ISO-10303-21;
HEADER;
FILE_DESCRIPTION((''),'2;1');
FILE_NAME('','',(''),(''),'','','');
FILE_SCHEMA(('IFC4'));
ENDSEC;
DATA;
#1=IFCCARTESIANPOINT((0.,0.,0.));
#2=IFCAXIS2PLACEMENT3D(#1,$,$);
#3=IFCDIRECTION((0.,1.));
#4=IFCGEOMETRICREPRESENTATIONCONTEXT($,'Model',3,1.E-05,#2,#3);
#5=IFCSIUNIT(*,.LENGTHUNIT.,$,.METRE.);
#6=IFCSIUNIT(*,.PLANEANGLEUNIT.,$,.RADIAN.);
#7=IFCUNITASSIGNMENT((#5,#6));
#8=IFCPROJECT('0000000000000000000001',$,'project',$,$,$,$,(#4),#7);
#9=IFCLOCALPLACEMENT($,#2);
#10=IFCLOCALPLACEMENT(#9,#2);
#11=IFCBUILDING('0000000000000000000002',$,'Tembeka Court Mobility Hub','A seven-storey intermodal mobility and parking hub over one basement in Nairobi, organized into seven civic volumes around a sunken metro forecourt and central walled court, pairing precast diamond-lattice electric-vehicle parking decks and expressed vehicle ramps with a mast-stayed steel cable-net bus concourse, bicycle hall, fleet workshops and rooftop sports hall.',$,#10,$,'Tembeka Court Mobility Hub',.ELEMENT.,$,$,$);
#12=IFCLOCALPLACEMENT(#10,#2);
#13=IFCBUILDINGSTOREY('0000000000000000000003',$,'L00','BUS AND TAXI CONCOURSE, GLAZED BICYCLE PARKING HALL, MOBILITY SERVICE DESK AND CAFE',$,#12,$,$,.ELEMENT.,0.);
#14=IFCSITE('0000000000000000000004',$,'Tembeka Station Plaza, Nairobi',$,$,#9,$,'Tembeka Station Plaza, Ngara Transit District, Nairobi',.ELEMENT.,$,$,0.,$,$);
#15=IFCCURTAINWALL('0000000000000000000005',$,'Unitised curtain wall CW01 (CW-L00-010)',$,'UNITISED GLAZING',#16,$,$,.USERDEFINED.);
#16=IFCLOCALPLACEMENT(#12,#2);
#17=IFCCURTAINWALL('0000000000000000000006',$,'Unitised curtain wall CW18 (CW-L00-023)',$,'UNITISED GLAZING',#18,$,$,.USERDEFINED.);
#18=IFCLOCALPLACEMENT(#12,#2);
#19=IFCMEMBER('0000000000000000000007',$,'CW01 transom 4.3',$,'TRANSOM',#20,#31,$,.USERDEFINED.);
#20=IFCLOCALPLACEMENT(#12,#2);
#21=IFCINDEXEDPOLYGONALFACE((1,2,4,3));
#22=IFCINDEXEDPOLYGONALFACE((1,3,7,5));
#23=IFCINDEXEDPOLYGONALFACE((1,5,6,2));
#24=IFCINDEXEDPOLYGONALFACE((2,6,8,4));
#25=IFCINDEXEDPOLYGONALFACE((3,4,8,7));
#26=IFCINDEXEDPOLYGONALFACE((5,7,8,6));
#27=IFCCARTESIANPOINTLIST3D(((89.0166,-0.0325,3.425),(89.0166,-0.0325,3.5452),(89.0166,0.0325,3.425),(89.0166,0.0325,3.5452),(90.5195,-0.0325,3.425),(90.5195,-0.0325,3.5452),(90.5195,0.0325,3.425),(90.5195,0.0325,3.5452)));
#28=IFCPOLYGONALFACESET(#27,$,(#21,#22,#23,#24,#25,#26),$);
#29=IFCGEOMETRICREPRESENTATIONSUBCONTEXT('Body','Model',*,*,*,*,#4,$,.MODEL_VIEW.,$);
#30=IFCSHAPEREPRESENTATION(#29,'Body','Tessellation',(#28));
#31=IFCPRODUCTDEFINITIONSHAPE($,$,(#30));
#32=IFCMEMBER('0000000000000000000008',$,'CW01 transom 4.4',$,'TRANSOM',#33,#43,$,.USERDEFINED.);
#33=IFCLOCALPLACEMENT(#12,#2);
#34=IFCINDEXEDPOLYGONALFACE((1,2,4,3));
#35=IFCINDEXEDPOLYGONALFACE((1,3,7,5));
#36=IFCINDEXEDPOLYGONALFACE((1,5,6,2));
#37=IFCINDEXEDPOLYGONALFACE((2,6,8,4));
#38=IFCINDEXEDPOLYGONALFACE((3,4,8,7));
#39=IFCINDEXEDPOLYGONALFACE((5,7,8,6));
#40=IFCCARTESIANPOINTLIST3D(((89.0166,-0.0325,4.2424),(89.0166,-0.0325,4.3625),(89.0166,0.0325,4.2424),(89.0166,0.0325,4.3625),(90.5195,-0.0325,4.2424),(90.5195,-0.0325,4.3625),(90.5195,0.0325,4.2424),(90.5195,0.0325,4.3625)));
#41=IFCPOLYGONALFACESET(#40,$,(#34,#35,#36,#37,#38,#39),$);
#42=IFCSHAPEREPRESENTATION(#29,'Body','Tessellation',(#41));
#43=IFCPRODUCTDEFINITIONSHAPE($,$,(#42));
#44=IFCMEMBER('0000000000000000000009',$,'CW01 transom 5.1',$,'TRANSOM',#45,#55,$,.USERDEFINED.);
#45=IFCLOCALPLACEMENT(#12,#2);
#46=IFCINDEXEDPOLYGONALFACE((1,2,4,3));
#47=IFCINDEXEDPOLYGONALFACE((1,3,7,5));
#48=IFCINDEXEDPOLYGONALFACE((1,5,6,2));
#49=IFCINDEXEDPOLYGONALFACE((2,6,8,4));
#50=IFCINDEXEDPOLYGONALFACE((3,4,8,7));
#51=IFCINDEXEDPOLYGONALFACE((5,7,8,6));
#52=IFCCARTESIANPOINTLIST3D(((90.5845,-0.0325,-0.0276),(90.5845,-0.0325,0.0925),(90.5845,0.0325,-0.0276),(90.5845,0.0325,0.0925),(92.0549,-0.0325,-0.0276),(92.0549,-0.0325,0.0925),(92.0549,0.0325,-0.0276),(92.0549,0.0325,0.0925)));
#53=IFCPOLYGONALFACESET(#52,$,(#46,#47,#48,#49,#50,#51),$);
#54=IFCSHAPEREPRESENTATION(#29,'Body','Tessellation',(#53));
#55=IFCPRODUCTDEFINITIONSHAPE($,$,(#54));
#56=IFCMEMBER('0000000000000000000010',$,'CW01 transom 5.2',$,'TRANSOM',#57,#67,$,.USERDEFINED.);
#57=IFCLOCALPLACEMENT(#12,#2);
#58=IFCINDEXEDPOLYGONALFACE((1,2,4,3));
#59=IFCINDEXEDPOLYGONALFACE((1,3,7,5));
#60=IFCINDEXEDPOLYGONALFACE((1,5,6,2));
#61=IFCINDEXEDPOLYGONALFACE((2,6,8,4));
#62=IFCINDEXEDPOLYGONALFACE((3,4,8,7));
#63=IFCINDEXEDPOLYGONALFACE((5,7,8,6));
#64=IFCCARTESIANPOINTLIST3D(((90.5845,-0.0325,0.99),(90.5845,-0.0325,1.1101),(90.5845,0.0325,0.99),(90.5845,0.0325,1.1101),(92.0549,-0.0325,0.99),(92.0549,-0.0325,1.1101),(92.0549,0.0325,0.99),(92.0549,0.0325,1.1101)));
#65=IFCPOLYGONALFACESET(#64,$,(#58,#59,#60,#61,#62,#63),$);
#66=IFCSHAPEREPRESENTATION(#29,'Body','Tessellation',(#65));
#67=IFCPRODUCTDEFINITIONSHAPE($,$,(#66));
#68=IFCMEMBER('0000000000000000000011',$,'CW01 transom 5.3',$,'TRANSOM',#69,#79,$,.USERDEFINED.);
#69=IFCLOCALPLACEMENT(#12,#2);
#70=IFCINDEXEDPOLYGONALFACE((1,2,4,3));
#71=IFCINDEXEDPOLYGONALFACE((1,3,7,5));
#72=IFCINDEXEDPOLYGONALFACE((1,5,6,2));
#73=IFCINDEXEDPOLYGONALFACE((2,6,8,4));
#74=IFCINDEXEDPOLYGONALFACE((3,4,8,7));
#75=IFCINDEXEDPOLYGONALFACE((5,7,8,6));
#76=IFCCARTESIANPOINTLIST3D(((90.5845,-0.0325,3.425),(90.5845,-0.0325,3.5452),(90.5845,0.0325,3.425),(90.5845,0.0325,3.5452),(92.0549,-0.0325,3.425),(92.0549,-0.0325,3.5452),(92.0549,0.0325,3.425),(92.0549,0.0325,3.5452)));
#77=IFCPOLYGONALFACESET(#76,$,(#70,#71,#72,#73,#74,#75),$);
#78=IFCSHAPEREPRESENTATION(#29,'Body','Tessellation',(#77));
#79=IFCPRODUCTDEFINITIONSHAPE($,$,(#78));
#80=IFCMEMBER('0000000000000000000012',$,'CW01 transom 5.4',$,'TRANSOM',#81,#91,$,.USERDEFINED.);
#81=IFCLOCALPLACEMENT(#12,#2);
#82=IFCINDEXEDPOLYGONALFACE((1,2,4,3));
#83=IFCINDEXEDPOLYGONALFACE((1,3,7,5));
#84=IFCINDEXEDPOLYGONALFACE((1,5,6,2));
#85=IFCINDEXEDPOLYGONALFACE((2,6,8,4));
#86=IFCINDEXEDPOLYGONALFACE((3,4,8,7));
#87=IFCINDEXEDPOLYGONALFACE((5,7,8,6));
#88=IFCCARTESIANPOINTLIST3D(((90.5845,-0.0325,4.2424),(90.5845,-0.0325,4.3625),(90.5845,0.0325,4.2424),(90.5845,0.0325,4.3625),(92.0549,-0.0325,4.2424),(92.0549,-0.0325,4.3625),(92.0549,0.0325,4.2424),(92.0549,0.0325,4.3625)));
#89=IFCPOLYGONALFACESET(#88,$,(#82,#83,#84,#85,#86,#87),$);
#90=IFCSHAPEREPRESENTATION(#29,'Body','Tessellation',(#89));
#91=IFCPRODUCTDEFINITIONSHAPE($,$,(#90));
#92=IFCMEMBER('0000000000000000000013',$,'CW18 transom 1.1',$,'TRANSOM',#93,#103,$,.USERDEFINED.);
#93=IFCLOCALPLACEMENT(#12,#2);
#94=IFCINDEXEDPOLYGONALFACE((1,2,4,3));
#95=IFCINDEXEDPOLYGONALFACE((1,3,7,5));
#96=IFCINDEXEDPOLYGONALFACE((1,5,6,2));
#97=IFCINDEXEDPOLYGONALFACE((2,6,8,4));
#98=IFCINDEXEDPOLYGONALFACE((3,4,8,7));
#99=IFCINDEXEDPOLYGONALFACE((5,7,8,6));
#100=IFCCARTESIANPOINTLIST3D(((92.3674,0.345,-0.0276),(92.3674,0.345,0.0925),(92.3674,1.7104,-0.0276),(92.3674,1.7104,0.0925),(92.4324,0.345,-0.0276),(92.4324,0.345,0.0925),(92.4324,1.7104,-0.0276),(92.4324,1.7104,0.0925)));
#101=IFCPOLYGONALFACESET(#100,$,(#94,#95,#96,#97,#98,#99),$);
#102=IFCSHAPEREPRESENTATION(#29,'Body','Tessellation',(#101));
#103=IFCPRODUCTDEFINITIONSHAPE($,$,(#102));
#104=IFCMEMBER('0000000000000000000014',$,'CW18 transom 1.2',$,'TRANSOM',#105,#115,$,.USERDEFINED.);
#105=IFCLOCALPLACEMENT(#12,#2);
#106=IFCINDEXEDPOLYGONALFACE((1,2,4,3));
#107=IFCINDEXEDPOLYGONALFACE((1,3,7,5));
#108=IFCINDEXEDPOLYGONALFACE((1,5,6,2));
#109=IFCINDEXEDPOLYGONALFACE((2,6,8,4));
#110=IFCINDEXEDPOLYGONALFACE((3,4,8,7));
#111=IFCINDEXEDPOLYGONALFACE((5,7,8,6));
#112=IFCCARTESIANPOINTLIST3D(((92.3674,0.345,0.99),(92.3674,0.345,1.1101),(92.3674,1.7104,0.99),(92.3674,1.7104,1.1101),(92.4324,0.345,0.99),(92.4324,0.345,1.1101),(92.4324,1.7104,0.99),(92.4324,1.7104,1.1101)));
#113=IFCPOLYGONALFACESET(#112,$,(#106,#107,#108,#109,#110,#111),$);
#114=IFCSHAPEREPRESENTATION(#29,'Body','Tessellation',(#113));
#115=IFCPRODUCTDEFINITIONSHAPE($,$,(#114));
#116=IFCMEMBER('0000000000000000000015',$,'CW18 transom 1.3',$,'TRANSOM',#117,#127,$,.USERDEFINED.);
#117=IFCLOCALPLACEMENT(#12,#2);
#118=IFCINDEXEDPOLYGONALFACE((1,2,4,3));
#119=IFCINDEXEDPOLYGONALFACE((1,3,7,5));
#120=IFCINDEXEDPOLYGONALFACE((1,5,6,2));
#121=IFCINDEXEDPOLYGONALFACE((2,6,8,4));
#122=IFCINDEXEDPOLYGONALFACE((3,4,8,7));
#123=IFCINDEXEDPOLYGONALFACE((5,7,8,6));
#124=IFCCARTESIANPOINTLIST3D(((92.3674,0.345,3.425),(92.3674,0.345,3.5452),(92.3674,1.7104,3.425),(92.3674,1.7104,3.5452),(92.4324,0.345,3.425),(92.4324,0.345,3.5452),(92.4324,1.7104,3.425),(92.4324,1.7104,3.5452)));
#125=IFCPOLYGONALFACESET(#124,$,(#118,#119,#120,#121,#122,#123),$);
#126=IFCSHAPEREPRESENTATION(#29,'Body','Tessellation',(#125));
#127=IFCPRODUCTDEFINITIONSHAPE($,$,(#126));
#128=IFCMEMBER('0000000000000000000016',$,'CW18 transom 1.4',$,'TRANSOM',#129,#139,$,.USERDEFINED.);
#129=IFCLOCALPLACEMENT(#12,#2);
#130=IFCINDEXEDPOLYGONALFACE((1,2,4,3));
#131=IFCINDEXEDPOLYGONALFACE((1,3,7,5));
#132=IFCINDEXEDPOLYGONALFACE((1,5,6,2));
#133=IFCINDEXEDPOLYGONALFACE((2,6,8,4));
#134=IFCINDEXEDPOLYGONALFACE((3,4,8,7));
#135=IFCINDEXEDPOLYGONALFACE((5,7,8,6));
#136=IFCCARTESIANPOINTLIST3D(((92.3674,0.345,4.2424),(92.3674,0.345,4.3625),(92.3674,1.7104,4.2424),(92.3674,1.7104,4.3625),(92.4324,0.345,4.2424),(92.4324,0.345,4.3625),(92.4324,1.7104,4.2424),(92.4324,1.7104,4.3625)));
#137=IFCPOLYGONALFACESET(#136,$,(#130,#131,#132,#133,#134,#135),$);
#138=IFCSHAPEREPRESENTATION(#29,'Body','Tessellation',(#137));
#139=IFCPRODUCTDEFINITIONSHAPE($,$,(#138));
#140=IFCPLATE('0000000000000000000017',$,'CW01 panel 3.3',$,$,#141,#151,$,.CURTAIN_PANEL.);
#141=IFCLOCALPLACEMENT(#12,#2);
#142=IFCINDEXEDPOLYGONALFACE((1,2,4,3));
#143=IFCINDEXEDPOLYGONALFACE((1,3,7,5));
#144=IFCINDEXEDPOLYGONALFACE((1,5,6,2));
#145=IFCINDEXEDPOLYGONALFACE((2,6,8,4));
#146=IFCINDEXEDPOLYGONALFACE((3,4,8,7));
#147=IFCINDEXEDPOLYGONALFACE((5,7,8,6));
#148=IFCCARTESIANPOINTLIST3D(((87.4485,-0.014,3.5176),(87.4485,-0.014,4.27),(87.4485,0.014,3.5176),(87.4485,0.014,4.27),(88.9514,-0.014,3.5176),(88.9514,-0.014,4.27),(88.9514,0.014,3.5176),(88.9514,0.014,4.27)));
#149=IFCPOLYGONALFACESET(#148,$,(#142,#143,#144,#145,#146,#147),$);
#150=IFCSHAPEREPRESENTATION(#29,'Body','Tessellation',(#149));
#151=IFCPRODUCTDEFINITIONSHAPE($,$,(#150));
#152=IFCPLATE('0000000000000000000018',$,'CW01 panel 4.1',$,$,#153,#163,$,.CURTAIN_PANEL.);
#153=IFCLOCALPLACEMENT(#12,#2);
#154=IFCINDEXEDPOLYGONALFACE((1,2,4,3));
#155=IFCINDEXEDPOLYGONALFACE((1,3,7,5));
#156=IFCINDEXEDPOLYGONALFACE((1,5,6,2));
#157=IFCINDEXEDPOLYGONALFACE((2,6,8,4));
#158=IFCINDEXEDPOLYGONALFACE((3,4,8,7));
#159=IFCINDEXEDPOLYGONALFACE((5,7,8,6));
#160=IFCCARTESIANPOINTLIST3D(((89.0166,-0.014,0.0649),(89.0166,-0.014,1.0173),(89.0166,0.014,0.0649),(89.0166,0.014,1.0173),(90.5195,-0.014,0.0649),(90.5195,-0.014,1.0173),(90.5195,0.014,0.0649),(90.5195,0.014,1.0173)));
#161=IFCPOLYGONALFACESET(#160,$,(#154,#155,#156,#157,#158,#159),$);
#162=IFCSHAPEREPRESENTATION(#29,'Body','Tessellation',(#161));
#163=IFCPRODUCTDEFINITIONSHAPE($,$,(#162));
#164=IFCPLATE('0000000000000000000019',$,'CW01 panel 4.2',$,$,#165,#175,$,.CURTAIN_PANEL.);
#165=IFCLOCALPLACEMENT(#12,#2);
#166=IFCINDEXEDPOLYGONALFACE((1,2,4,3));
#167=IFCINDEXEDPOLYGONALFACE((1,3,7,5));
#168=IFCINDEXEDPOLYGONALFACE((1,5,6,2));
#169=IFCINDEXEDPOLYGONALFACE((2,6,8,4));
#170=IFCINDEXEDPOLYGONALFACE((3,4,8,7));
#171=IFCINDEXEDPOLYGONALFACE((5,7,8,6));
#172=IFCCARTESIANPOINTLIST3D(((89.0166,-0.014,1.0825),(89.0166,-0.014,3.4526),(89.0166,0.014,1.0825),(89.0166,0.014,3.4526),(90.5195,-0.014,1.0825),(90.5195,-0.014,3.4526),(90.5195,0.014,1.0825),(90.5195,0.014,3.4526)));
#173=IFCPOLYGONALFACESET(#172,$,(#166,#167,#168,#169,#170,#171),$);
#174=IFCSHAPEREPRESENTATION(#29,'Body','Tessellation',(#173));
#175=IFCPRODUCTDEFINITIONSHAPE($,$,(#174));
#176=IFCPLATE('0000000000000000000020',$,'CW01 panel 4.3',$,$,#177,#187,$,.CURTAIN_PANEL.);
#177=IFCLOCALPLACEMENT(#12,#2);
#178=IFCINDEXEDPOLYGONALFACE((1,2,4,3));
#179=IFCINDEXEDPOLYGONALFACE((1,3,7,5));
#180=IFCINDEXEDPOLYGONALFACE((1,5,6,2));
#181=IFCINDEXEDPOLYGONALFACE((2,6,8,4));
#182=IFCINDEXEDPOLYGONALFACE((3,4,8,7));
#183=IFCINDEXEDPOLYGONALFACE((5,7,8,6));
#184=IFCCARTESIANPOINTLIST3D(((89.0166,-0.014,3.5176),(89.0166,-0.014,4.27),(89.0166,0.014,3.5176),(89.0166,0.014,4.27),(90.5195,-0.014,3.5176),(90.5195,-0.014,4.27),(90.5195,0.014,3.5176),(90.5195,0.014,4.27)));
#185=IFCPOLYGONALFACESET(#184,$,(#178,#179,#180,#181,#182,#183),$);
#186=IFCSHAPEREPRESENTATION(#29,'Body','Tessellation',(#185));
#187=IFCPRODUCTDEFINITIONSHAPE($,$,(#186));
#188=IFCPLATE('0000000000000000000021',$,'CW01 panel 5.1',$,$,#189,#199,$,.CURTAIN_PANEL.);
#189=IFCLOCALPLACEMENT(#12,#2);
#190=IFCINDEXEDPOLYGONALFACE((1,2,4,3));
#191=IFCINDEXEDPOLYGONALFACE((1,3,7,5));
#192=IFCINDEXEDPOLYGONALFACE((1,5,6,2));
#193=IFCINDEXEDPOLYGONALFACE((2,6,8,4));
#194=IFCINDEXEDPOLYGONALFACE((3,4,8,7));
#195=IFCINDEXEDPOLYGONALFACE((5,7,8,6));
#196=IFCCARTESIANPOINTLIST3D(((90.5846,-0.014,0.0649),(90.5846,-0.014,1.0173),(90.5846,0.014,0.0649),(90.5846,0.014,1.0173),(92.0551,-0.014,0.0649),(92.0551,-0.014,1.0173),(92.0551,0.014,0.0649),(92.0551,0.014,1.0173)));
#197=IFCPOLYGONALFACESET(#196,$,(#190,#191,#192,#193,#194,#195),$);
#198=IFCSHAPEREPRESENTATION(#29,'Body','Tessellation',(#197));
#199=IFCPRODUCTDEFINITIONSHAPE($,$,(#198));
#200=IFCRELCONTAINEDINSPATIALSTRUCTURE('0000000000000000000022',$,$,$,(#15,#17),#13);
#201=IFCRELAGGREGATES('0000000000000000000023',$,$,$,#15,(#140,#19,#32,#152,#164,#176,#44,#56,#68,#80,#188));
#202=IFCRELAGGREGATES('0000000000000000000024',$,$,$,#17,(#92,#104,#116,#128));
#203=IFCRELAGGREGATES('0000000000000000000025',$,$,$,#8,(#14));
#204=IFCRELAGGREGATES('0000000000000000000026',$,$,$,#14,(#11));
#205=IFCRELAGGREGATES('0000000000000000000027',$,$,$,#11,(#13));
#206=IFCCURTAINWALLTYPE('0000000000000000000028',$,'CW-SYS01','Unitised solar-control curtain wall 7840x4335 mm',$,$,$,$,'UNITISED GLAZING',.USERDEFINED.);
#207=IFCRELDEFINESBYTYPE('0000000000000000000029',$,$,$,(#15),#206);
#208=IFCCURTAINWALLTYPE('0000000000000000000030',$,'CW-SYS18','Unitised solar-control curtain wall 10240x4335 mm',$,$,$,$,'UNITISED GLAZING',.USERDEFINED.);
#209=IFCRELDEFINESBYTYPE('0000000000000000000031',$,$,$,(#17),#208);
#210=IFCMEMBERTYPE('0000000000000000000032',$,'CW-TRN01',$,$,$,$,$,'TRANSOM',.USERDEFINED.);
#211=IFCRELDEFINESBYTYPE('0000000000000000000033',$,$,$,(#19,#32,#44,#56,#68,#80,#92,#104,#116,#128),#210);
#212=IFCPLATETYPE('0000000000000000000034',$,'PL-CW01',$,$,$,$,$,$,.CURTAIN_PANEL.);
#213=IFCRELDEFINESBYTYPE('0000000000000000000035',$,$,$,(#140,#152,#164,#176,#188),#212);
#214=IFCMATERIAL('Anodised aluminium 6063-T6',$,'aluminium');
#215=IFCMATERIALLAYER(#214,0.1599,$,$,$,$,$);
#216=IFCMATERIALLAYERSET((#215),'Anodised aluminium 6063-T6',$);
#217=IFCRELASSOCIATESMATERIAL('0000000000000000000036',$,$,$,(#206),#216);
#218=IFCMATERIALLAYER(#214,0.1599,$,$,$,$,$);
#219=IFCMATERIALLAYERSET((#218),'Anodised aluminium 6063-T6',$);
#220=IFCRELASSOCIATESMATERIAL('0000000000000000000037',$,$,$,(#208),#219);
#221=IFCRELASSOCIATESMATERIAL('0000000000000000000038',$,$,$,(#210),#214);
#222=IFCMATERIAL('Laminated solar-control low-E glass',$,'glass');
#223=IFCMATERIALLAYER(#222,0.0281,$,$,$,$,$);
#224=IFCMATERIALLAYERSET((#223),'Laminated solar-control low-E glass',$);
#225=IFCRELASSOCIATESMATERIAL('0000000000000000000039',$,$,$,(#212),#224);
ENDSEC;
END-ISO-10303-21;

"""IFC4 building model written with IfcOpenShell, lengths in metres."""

from ifc_helpers import new_model, si_unit, direction, frame, origin, origin_2d, place, context, subcontext, project, spatial, rectangle, extrude, material, layer, layer_set, material_profile, profile_set, type_object, element, aggregate, save


model = new_model("IFC4")

# Units and contexts
model_context = context("Model", 3, precision=1e-05, world=origin(), true_north=direction((0.0, 1.0)))
body_context = subcontext(model_context, "Body", "Model", "MODEL_VIEW")
ifc_project = project(units=[si_unit("LENGTHUNIT", "METRE"), si_unit("PLANEANGLEUNIT", "RADIAN")], contexts=[model_context])

# Site, building, storey
site_placement = place(None, origin())
site = spatial("IfcSite", under=ifc_project, at=site_placement, Name="Tembeka Station Plaza, Nairobi", LongName="Tembeka Station Plaza, Ngara Transit District, Nairobi", CompositionType="ELEMENT", RefElevation=0.0)
building_placement = place(site_placement, origin())
building = spatial("IfcBuilding", under=site, at=building_placement, Name="Tembeka Court Mobility Hub", Description="A seven-storey intermodal mobility and parking hub over one basement in Nairobi, organized into seven civic volumes around a sunken metro forecourt and central walled court, pairing precast diamond-lattice electric-vehicle parking decks and expressed vehicle ramps with a mast-stayed steel cable-net bus concourse, bicycle hall, fleet workshops and rooftop sports hall.", LongName="Tembeka Court Mobility Hub", CompositionType="ELEMENT")
storey_placement = place(building_placement, origin())
storey = spatial("IfcBuildingStorey", under=building, at=storey_placement, Name="L00", Description="BUS AND TAXI CONCOURSE, GLAZED BICYCLE PARKING HALL, MOBILITY SERVICE DESK AND CAFE", CompositionType="ELEMENT", Elevation=0.0)

# Curtain walls
ifc_material_1 = material(Name="Anodised aluminium 6063-T6", Category="aluminium")
ifc_layer_1 = layer(ifc_material_1, 0.1599)
ifc_layer_set_1 = layer_set([ifc_layer_1], Name="Anodised aluminium 6063-T6")
curtain_wall_type_1 = type_object("IfcCurtainWallType", Name="CW-SYS01", Description="Unitised solar-control curtain wall 7840x4335 mm", ElementType="UNITISED GLAZING", PredefinedType="USERDEFINED", material=ifc_layer_set_1)
curtain_wall_1_placement = place(storey_placement, origin())
curtain_wall_1 = element("IfcCurtainWall", 1, at=curtain_wall_1_placement, inside=storey, type_object=curtain_wall_type_1, Name="Unitised curtain wall CW01 (CW-L00-010)", ObjectType="UNITISED GLAZING", PredefinedType="USERDEFINED")
ifc_layer_2 = layer(ifc_material_1, 0.1599)
ifc_layer_set_2 = layer_set([ifc_layer_2], Name="Anodised aluminium 6063-T6")
curtain_wall_type_2 = type_object("IfcCurtainWallType", Name="CW-SYS18", Description="Unitised solar-control curtain wall 10240x4335 mm", ElementType="UNITISED GLAZING", PredefinedType="USERDEFINED", material=ifc_layer_set_2)
curtain_wall_2_placement = place(storey_placement, origin())
curtain_wall_2 = element("IfcCurtainWall", 2, at=curtain_wall_2_placement, inside=storey, type_object=curtain_wall_type_2, Name="Unitised curtain wall CW18 (CW-L00-023)", ObjectType="UNITISED GLAZING", PredefinedType="USERDEFINED")

# Members
ifc_material_profile_1 = material_profile(ifc_material_1, rectangle(XDim=0.0649, YDim=0.1201, at=origin_2d()), Name="ALU-TRN 65x120")
ifc_profile_set_1 = profile_set([ifc_material_profile_1], Name="Anodised aluminium 6063-T6")
member_type_1 = type_object("IfcMemberType", Name="CW-TRN01", ElementType="TRANSOM", PredefinedType="USERDEFINED", material=ifc_profile_set_1)
member_1_placement = place(storey_placement, frame((89.0166, 0.0, 3.4851), z_axis=(1.0, 0.0, 0.0), x_axis=(0.0, 1.0, 0.0)))
member_1 = element("IfcMember", 3, at=member_1_placement, type_object=member_type_1, Name="CW01 transom 4.3", ObjectType="TRANSOM", PredefinedType="USERDEFINED", context=body_context, shape_type="SweptSolid", body=[
    extrude(rectangle(XDim=0.0649, YDim=0.1201, at=origin_2d()), origin(), (0.0, 0.0, 1.0), 1.5029),
])
member_2_placement = place(storey_placement, frame((89.0166, 0.0, 4.3025), z_axis=(1.0, 0.0, 0.0), x_axis=(0.0, 1.0, 0.0)))
member_2 = element("IfcMember", 4, at=member_2_placement, type_object=member_type_1, Name="CW01 transom 4.4", ObjectType="TRANSOM", PredefinedType="USERDEFINED", context=body_context, shape_type="SweptSolid", body=[
    extrude(rectangle(XDim=0.0649, YDim=0.1201, at=origin_2d()), origin(), (0.0, 0.0, 1.0), 1.5029),
])
member_3_placement = place(storey_placement, frame((90.5845, 0.0, 0.0325), z_axis=(1.0, 0.0, 0.0), x_axis=(0.0, 1.0, 0.0)))
member_3 = element("IfcMember", 5, at=member_3_placement, type_object=member_type_1, Name="CW01 transom 5.1", ObjectType="TRANSOM", PredefinedType="USERDEFINED", context=body_context, shape_type="SweptSolid", body=[
    extrude(rectangle(XDim=0.0649, YDim=0.1201, at=origin_2d()), origin(), (0.0, 0.0, 1.0), 1.4705),
])
member_4_placement = place(storey_placement, frame((90.5845, 0.0, 1.05), z_axis=(1.0, 0.0, 0.0), x_axis=(0.0, 1.0, 0.0)))
member_4 = element("IfcMember", 6, at=member_4_placement, type_object=member_type_1, Name="CW01 transom 5.2", ObjectType="TRANSOM", PredefinedType="USERDEFINED", context=body_context, shape_type="SweptSolid", body=[
    extrude(rectangle(XDim=0.0649, YDim=0.1201, at=origin_2d()), origin(), (0.0, 0.0, 1.0), 1.4705),
])
member_5_placement = place(storey_placement, frame((90.5845, 0.0, 3.4851), z_axis=(1.0, 0.0, 0.0), x_axis=(0.0, 1.0, 0.0)))
member_5 = element("IfcMember", 7, at=member_5_placement, type_object=member_type_1, Name="CW01 transom 5.3", ObjectType="TRANSOM", PredefinedType="USERDEFINED", context=body_context, shape_type="SweptSolid", body=[
    extrude(rectangle(XDim=0.0649, YDim=0.1201, at=origin_2d()), origin(), (0.0, 0.0, 1.0), 1.4705),
])
member_6_placement = place(storey_placement, frame((90.5845, 0.0, 4.3025), z_axis=(1.0, 0.0, 0.0), x_axis=(0.0, 1.0, 0.0)))
member_6 = element("IfcMember", 8, at=member_6_placement, type_object=member_type_1, Name="CW01 transom 5.4", ObjectType="TRANSOM", PredefinedType="USERDEFINED", context=body_context, shape_type="SweptSolid", body=[
    extrude(rectangle(XDim=0.0649, YDim=0.1201, at=origin_2d()), origin(), (0.0, 0.0, 1.0), 1.4705),
])
member_7_placement = place(storey_placement, frame((92.3999, 0.345, 0.0325), z_axis=(0.0, 1.0, 0.0), x_axis=(-1.0, 0.0, 0.0)))
member_7 = element("IfcMember", 9, at=member_7_placement, type_object=member_type_1, Name="CW18 transom 1.1", ObjectType="TRANSOM", PredefinedType="USERDEFINED", context=body_context, shape_type="SweptSolid", body=[
    extrude(rectangle(XDim=0.0649, YDim=0.1201, at=origin_2d()), origin(), (0.0, 0.0, 1.0), 1.3655),
])
member_8_placement = place(storey_placement, frame((92.3999, 0.345, 1.05), z_axis=(0.0, 1.0, 0.0), x_axis=(-1.0, 0.0, 0.0)))
member_8 = element("IfcMember", 10, at=member_8_placement, type_object=member_type_1, Name="CW18 transom 1.2", ObjectType="TRANSOM", PredefinedType="USERDEFINED", context=body_context, shape_type="SweptSolid", body=[
    extrude(rectangle(XDim=0.0649, YDim=0.1201, at=origin_2d()), origin(), (0.0, 0.0, 1.0), 1.3655),
])
member_9_placement = place(storey_placement, frame((92.3999, 0.345, 3.4851), z_axis=(0.0, 1.0, 0.0), x_axis=(-1.0, 0.0, 0.0)))
member_9 = element("IfcMember", 11, at=member_9_placement, type_object=member_type_1, Name="CW18 transom 1.3", ObjectType="TRANSOM", PredefinedType="USERDEFINED", context=body_context, shape_type="SweptSolid", body=[
    extrude(rectangle(XDim=0.0649, YDim=0.1201, at=origin_2d()), origin(), (0.0, 0.0, 1.0), 1.3655),
])
member_10_placement = place(storey_placement, frame((92.3999, 0.345, 4.3025), z_axis=(0.0, 1.0, 0.0), x_axis=(-1.0, 0.0, 0.0)))
member_10 = element("IfcMember", 12, at=member_10_placement, type_object=member_type_1, Name="CW18 transom 1.4", ObjectType="TRANSOM", PredefinedType="USERDEFINED", context=body_context, shape_type="SweptSolid", body=[
    extrude(rectangle(XDim=0.0649, YDim=0.1201, at=origin_2d()), origin(), (0.0, 0.0, 1.0), 1.3655),
])

# Plates
ifc_material_2 = material(Name="Laminated solar-control low-E glass", Category="glass")
ifc_layer_3 = layer(ifc_material_2, 0.0281)
ifc_layer_set_3 = layer_set([ifc_layer_3], Name="Laminated solar-control low-E glass")
plate_type = type_object("IfcPlateType", Name="PL-CW01", PredefinedType="CURTAIN_PANEL", material=ifc_layer_set_3)
plate_1_placement = place(storey_placement, frame((88.2, 0.0, 3.5176), z_axis=(0.0, 0.0, 1.0), x_axis=(1.0, 0.0, 0.0)))
plate_1 = element("IfcPlate", 13, at=plate_1_placement, type_object=plate_type, Name="CW01 panel 3.3", PredefinedType="CURTAIN_PANEL", context=body_context, shape_type="SweptSolid", body=[
    extrude(rectangle(XDim=1.5029, YDim=0.0281, at=origin_2d()), origin(), (0.0, 0.0, 1.0), 0.7524),
])
plate_2_placement = place(storey_placement, frame((89.7681, 0.0, 0.0649), z_axis=(0.0, 0.0, 1.0), x_axis=(1.0, 0.0, 0.0)))
plate_2 = element("IfcPlate", 14, at=plate_2_placement, type_object=plate_type, Name="CW01 panel 4.1", PredefinedType="CURTAIN_PANEL", context=body_context, shape_type="SweptSolid", body=[
    extrude(rectangle(XDim=1.5029, YDim=0.0281, at=origin_2d()), origin(), (0.0, 0.0, 1.0), 0.9524),
])
plate_3_placement = place(storey_placement, frame((89.7681, 0.0, 1.0825), z_axis=(0.0, 0.0, 1.0), x_axis=(1.0, 0.0, 0.0)))
plate_3 = element("IfcPlate", 15, at=plate_3_placement, type_object=plate_type, Name="CW01 panel 4.2", PredefinedType="CURTAIN_PANEL", context=body_context, shape_type="SweptSolid", body=[
    extrude(rectangle(XDim=1.5029, YDim=0.0281, at=origin_2d()), origin(), (0.0, 0.0, 1.0), 2.3701),
])
plate_4_placement = place(storey_placement, frame((89.7681, 0.0, 3.5176), z_axis=(0.0, 0.0, 1.0), x_axis=(1.0, 0.0, 0.0)))
plate_4 = element("IfcPlate", 16, at=plate_4_placement, type_object=plate_type, Name="CW01 panel 4.3", PredefinedType="CURTAIN_PANEL", context=body_context, shape_type="SweptSolid", body=[
    extrude(rectangle(XDim=1.5029, YDim=0.0281, at=origin_2d()), origin(), (0.0, 0.0, 1.0), 0.7524),
])
plate_5_placement = place(storey_placement, frame((91.3198, 0.0, 0.0649), z_axis=(0.0, 0.0, 1.0), x_axis=(1.0, 0.0, 0.0)))
plate_5 = element("IfcPlate", 17, at=plate_5_placement, type_object=plate_type, Name="CW01 panel 5.1", PredefinedType="CURTAIN_PANEL", context=body_context, shape_type="SweptSolid", body=[
    extrude(rectangle(XDim=1.4705, YDim=0.0281, at=origin_2d()), origin(), (0.0, 0.0, 1.0), 0.9524),
])
aggregate(curtain_wall_1, [plate_1, member_1, member_2, plate_2, plate_3, plate_4, member_3, member_4, member_5, member_6, plate_5])
aggregate(curtain_wall_2, [member_7, member_8, member_9, member_10])

save(model, "model.ifc")
